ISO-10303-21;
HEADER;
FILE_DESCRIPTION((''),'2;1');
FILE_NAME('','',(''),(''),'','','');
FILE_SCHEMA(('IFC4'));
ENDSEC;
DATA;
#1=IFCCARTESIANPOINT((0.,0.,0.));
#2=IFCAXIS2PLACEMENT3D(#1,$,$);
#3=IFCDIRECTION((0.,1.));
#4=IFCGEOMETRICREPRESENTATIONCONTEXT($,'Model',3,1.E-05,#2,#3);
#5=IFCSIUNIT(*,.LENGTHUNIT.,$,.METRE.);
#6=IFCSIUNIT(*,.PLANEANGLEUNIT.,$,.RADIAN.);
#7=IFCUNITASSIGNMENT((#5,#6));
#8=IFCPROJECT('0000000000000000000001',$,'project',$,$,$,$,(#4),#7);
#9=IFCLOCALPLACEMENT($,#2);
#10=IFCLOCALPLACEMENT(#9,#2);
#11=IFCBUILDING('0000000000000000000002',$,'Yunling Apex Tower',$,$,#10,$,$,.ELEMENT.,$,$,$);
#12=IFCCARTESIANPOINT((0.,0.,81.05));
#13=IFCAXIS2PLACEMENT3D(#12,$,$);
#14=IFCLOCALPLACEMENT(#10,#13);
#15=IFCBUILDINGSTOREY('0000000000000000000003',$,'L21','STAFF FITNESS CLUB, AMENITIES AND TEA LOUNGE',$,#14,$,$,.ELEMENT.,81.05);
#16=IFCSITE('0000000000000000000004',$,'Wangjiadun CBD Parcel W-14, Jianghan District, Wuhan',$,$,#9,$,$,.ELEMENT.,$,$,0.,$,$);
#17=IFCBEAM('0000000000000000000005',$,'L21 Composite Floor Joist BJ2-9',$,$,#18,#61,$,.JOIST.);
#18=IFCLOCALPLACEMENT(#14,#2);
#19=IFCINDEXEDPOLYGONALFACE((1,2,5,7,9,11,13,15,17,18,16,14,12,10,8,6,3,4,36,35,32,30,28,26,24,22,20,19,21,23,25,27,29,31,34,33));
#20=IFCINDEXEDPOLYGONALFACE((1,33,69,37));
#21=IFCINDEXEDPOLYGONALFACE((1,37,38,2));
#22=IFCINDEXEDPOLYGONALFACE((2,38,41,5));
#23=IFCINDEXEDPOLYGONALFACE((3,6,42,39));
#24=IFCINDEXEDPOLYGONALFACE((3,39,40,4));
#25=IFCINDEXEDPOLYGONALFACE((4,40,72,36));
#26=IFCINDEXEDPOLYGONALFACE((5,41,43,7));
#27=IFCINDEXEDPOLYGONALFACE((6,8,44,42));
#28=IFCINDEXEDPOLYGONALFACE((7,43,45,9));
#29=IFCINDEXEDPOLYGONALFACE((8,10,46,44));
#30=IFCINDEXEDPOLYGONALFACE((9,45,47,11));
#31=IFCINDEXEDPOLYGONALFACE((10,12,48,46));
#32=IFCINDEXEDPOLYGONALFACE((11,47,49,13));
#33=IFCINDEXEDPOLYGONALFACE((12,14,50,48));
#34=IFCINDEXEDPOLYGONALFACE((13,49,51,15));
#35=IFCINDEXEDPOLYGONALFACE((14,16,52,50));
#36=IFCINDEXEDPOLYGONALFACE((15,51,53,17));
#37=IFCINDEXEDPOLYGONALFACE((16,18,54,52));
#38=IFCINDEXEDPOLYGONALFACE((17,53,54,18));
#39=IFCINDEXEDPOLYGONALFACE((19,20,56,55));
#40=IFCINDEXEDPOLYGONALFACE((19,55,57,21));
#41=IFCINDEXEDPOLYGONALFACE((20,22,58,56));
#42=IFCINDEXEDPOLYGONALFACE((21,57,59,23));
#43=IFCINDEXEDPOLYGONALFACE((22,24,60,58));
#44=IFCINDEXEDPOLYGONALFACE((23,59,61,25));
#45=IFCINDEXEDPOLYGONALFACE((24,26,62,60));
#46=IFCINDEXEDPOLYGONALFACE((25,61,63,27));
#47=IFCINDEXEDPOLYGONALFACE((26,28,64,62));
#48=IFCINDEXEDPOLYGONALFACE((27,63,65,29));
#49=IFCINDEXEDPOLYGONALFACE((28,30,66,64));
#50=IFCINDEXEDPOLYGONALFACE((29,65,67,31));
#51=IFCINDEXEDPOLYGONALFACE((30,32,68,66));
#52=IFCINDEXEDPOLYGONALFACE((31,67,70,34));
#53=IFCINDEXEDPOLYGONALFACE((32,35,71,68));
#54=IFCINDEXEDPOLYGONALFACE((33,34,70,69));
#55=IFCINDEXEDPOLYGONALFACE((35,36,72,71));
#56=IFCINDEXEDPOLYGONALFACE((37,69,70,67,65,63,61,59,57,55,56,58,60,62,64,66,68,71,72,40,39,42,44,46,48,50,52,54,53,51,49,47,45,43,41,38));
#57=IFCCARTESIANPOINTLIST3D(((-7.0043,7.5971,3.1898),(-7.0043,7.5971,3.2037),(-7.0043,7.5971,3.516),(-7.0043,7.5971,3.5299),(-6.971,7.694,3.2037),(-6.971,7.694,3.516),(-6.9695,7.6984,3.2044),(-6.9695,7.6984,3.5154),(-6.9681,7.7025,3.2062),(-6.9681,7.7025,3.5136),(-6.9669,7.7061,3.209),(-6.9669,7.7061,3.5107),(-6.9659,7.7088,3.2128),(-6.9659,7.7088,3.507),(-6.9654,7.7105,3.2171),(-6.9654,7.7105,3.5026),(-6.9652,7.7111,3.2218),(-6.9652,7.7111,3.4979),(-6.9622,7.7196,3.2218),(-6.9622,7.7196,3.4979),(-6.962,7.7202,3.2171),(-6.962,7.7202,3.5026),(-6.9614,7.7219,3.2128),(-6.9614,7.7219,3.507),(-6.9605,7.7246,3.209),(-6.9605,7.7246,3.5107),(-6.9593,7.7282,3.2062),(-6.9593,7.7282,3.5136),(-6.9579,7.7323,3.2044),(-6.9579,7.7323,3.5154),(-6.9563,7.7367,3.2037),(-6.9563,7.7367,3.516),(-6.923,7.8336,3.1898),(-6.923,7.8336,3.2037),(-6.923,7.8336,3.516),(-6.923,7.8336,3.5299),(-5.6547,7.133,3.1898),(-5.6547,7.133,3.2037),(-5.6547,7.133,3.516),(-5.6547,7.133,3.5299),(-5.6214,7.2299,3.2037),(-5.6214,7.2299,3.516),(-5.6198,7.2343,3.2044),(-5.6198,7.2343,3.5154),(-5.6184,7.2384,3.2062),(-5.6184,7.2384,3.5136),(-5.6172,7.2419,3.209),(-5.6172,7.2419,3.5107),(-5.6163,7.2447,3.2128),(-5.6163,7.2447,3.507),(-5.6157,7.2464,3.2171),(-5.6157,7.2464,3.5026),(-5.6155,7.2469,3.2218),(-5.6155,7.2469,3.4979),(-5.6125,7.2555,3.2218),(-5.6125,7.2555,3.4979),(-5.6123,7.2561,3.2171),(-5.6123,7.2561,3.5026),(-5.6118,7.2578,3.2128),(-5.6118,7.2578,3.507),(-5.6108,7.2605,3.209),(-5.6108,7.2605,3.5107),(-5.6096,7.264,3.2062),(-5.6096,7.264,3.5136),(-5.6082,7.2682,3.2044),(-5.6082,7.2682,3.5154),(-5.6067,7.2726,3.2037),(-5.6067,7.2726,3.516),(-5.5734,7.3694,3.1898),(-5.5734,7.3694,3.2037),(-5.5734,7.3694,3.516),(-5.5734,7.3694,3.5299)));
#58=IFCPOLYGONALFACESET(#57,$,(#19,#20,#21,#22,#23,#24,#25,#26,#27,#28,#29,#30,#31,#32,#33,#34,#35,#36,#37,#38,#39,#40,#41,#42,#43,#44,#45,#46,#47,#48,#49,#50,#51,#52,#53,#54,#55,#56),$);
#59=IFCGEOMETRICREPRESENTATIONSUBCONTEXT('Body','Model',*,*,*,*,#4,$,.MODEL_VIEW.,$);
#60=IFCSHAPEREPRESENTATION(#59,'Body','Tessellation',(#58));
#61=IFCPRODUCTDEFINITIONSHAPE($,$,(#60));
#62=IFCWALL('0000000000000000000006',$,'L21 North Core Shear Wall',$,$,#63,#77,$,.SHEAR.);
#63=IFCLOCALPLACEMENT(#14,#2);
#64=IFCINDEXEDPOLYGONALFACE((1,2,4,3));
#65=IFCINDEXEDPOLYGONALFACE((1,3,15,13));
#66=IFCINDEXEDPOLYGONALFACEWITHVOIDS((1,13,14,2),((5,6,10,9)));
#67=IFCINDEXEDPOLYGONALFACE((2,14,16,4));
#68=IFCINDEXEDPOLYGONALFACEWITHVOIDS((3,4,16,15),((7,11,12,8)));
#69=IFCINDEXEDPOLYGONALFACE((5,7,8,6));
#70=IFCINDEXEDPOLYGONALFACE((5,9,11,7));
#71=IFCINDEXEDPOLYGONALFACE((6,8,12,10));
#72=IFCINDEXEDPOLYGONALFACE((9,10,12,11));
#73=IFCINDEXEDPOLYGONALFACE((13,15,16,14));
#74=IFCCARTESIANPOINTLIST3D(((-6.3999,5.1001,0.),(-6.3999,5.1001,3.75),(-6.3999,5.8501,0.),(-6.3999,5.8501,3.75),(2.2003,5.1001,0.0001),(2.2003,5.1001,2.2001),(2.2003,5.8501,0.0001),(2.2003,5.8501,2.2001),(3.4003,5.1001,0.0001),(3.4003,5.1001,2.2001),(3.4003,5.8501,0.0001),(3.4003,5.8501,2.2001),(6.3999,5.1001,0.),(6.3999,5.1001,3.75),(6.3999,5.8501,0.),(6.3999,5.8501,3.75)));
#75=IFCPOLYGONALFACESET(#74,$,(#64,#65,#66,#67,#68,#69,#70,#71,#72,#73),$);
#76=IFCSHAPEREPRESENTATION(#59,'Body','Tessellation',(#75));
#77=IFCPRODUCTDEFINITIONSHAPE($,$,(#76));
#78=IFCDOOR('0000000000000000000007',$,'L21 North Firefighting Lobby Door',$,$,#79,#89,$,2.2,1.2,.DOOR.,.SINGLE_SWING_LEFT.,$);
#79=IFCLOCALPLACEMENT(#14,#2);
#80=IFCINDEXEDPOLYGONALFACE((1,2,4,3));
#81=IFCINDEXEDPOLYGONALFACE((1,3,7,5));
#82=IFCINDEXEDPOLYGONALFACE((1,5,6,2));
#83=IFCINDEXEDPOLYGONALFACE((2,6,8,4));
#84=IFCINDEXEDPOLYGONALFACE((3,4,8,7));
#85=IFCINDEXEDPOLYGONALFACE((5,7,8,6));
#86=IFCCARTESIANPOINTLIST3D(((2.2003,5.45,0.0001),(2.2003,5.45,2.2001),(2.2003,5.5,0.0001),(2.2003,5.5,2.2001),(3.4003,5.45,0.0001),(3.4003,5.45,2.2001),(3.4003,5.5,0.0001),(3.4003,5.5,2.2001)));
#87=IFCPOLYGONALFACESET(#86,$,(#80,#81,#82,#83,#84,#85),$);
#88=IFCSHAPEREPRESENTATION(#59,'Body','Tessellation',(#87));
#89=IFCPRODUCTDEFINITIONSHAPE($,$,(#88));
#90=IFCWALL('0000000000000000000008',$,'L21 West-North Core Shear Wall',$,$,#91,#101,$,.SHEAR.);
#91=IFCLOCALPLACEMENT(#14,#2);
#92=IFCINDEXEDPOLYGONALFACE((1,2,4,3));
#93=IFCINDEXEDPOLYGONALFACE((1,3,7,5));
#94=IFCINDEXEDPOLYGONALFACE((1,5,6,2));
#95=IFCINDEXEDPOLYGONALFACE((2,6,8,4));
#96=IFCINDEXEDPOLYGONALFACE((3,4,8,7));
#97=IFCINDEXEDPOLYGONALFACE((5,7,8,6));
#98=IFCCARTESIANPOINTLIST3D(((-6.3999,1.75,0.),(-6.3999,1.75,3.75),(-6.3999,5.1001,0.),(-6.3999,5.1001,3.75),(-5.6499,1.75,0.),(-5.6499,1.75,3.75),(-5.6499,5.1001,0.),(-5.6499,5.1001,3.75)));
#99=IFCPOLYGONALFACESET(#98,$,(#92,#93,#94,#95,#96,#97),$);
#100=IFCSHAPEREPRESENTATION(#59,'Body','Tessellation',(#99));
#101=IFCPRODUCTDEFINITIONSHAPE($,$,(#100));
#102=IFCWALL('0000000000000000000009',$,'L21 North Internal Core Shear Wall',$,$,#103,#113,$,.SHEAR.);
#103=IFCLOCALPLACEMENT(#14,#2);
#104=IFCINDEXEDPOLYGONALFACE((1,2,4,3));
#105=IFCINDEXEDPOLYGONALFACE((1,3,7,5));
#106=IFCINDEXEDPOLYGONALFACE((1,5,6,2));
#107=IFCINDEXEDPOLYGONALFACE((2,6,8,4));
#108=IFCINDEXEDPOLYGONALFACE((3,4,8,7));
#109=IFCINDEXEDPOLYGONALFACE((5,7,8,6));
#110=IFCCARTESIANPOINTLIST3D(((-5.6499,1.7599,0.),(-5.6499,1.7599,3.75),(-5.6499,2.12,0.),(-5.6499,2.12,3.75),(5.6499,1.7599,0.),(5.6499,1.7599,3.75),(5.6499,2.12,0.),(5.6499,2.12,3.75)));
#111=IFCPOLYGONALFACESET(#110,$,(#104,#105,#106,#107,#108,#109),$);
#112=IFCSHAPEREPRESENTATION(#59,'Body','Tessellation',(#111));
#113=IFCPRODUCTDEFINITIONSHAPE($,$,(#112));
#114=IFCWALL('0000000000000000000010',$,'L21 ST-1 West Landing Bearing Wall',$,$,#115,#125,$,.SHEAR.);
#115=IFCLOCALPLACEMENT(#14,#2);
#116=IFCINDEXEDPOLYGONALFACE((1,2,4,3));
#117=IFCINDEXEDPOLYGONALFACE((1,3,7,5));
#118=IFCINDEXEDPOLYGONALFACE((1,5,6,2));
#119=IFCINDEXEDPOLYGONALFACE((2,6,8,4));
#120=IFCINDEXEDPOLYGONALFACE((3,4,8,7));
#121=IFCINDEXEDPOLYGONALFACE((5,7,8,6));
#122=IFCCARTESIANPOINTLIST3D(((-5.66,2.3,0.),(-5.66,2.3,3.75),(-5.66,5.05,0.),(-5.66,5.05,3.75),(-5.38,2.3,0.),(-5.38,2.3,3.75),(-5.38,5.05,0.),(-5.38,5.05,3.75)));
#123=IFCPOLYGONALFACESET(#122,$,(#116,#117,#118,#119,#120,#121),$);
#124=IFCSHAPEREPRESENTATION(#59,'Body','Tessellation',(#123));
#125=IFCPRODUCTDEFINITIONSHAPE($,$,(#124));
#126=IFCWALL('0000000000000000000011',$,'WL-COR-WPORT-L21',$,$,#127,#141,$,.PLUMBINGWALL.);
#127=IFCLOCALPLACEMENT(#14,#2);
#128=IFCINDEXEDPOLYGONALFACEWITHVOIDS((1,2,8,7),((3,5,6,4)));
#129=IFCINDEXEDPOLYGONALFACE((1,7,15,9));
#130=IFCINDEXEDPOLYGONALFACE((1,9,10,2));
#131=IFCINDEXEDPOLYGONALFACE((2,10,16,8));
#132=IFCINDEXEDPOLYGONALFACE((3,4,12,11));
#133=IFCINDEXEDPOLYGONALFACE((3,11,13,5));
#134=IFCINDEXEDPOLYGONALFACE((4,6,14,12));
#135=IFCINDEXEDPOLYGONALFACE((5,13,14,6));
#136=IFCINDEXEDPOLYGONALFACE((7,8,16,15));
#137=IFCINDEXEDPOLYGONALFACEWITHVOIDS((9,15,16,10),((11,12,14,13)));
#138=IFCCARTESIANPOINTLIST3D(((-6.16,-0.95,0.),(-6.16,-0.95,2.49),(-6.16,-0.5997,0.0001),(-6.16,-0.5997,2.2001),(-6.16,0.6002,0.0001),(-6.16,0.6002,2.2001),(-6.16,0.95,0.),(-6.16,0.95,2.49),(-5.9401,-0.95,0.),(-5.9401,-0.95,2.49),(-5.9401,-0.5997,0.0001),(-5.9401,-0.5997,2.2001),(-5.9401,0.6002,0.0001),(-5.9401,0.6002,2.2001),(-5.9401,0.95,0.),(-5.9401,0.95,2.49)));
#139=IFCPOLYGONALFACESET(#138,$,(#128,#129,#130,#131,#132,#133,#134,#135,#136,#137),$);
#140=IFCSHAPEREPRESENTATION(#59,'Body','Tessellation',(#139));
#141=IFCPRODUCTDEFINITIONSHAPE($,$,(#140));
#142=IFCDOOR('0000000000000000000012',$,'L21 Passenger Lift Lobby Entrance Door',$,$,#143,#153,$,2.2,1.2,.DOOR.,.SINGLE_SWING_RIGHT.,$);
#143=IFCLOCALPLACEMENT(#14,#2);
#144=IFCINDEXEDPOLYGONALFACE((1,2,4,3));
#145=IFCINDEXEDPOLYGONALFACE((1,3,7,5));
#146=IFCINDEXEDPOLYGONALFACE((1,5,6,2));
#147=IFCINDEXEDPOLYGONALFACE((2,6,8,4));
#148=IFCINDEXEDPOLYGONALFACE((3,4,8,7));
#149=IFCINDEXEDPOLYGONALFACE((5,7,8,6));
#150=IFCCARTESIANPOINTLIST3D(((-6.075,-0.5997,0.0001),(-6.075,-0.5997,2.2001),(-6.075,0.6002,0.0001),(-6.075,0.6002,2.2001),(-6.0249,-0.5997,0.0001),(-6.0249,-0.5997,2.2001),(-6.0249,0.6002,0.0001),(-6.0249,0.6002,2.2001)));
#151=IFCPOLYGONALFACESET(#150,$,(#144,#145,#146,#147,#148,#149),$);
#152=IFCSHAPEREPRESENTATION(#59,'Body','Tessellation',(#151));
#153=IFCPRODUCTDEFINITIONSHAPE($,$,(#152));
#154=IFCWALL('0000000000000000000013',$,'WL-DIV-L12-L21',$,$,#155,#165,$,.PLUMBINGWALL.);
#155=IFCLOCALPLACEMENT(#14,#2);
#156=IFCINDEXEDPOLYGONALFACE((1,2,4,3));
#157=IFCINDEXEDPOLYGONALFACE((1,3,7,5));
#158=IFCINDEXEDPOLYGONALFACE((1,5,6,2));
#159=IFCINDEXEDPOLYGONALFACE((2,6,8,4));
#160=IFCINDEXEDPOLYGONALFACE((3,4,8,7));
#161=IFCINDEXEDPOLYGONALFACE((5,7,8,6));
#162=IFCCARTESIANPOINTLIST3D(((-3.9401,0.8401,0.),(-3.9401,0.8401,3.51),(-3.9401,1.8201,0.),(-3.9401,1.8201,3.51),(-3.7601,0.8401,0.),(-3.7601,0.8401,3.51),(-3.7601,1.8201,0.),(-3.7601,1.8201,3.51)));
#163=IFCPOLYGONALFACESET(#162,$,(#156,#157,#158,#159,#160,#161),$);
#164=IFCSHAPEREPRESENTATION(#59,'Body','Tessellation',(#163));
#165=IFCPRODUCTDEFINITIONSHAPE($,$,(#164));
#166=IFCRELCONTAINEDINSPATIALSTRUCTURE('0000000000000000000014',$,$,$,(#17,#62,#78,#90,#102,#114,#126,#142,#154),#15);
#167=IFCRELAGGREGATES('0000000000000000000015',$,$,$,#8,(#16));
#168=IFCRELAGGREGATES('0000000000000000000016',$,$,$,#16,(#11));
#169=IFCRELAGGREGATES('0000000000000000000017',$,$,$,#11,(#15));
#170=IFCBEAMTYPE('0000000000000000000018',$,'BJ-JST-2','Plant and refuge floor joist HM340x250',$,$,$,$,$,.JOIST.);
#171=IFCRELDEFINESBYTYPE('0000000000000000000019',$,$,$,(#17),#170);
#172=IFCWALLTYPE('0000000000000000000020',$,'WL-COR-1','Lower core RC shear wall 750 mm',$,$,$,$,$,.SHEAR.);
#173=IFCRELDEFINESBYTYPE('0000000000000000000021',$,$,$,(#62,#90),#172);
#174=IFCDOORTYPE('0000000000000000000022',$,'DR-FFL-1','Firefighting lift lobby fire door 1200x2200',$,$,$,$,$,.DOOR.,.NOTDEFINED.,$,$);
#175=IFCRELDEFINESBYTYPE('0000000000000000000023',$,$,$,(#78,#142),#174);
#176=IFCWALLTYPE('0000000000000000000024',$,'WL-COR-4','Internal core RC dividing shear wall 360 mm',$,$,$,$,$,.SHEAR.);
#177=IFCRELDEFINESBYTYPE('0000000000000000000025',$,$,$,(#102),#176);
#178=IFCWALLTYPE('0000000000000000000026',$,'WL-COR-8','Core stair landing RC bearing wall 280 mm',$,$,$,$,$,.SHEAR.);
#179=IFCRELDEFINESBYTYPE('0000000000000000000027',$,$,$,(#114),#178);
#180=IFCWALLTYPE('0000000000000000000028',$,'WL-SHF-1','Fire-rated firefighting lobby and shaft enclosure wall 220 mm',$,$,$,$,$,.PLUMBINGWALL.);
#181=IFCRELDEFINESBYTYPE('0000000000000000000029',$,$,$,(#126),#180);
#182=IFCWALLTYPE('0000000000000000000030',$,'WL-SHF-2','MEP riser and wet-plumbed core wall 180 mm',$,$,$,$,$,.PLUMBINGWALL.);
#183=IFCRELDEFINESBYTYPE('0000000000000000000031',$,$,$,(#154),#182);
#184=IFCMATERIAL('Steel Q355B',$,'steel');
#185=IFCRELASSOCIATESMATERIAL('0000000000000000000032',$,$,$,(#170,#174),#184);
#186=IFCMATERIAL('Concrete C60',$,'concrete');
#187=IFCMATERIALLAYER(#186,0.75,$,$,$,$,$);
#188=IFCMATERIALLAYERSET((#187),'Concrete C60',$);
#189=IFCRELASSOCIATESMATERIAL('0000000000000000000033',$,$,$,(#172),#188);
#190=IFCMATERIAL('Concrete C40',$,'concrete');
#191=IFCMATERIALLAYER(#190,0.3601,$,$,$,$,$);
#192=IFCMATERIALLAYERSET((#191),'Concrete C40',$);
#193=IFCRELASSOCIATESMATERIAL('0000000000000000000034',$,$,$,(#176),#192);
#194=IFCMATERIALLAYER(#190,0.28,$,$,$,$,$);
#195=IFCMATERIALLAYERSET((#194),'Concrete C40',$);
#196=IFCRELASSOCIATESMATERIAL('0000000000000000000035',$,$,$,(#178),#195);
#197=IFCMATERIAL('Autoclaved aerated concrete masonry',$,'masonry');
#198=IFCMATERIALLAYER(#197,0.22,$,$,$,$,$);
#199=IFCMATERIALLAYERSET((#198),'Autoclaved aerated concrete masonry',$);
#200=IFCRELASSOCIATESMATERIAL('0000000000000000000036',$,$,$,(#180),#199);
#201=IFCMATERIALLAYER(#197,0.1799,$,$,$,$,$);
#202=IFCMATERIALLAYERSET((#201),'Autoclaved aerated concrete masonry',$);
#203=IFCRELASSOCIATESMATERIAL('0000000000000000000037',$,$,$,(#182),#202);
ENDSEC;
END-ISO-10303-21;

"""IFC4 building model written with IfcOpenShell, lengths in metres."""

from ifc_helpers import new_model, si_unit, direction, frame, frame_2d, origin, origin_2d, place, context, subcontext, project, spatial, rectangle, i_section, extrude, source, transform, mapped, material, layer, layer_set, material_profile, profile_set, type_object, element, fill, save


model = new_model("IFC4")

# Units and contexts
model_context = context("Model", 3, precision=1e-05, world=origin(), true_north=direction((0.0, 1.0)))
body_context = subcontext(model_context, "Body", "Model", "MODEL_VIEW")
ifc_project = project(units=[si_unit("LENGTHUNIT", "METRE"), si_unit("PLANEANGLEUNIT", "RADIAN")], contexts=[model_context])

# Site, building, storey
site_placement = place(None, origin())
site = spatial("IfcSite", under=ifc_project, at=site_placement, Name="Wangjiadun CBD Parcel W-14, Jianghan District, Wuhan", CompositionType="ELEMENT", RefElevation=0.0)
building_placement = place(site_placement, origin())
building = spatial("IfcBuilding", under=site, at=building_placement, Name="Yunling Apex Tower", CompositionType="ELEMENT")
storey_placement = place(building_placement, frame((0.0, 0.0, 81.05)))
storey = spatial("IfcBuildingStorey", under=building, at=storey_placement, Name="L21", Description="STAFF FITNESS CLUB, AMENITIES AND TEA LOUNGE", CompositionType="ELEMENT", Elevation=81.05)

# Shared definitions
ifc_material_1 = material(Name="Concrete C60", Category="concrete")

# Beam
ifc_material_2 = material(Name="Steel Q355B", Category="steel")
ifc_material_profile_1 = material_profile(ifc_material_2, i_section(OverallWidth=0.25, OverallDepth=0.3401, WebThickness=0.009, FlangeThickness=0.0139, FilletRadius=0.0181, at=origin_2d()))
ifc_profile_set_1 = profile_set([ifc_material_profile_1], Name="Steel Q355B")
beam_type_1 = type_object("IfcBeamType", Name="BJ-JST-2", Description="Plant and refuge floor joist HM340x250", PredefinedType="JOIST", material=ifc_profile_set_1)
shared_shape_1 = source(origin(), body_context, "Body", "SweptSolid", [
    extrude(i_section(OverallWidth=0.25, OverallDepth=0.3401, WebThickness=0.009, FlangeThickness=0.0139, FilletRadius=0.0181, at=origin_2d()), origin(), (0.0, 0.0, 1.0), 1.4272),
])
beam_1_placement = place(storey_placement, frame((-5.614, 7.2512, 3.3599), z_axis=(-0.945647, 0.325195, 0.0), x_axis=(-0.325195, -0.945647, 0.0)))
element("IfcBeam", 1, at=beam_1_placement, inside=storey, type_object=beam_type_1, Name="L21 Composite Floor Joist BJ2-9", PredefinedType="JOIST", context=body_context, shape_type="MappedRepresentation", body=[
    mapped(shared_shape_1, transform((0.0, 0.0, 0.0), scale=1.0)),
])

# Wall, opening, door
ifc_layer_1 = layer(ifc_material_1, 0.75)
ifc_layer_set_1 = layer_set([ifc_layer_1], Name="Concrete C60")
wall_type_1 = type_object("IfcWallType", Name="WL-COR-1", Description="Lower core RC shear wall 750 mm", PredefinedType="SHEAR", material=ifc_layer_set_1)
wall_1_placement = place(storey_placement, frame((-6.3999, 5.4751, 0.0), z_axis=(0.0, 0.0, 1.0), x_axis=(1.0, 0.0, 0.0)))
wall_1 = element("IfcWall", 2, at=wall_1_placement, inside=storey, type_object=wall_type_1, Name="L21 North Core Shear Wall", PredefinedType="SHEAR", context=body_context, shape_type="SweptSolid", body=[
    extrude(rectangle(XDim=12.7998, YDim=0.75, at=frame_2d((6.3999, 0.0))), origin(), (0.0, 0.0, 1.0), 3.75),
])
opening_1_placement = place(wall_1_placement, frame((8.6001, 0.0, 0.0)))
opening_1 = element("IfcOpeningElement", 3, at=opening_1_placement, cuts=wall_1, PredefinedType="OPENING", context=body_context, shape_type="SweptSolid", body=[
    extrude(rectangle(XDim=1.2, YDim=2.2, at=frame_2d((0.6001, 1.1001))), frame((0.0, 0.385, 0.0), z_axis=(0.0, -1.0, 0.0), x_axis=(1.0, 0.0, 0.0)), (0.0, 0.0, 1.0), 0.77),
])
door_type_1 = type_object("IfcDoorType", Name="DR-FFL-1", Description="Firefighting lift lobby fire door 1200x2200", OperationType="NOTDEFINED", PredefinedType="DOOR", material=ifc_material_2)
door_1_placement = place(opening_1_placement, origin())
door_1 = element("IfcDoor", 4, at=door_1_placement, inside=storey, type_object=door_type_1, Name="L21 North Firefighting Lobby Door", OperationType="SINGLE_SWING_LEFT", OverallHeight=2.2, OverallWidth=1.2, PredefinedType="DOOR", context=body_context, shape_type="SweptSolid", body=[
    extrude(rectangle(XDim=1.2, YDim=2.2, at=frame_2d((0.6001, 1.1001))), frame((0.0, 0.0249, 0.0), z_axis=(0.0, -1.0, 0.0), x_axis=(1.0, 0.0, 0.0)), (0.0, 0.0, 1.0), 0.05),
])
fill(opening_1, door_1)

# Walls
wall_2_placement = place(storey_placement, frame((-6.0249, 1.75, 0.0), z_axis=(0.0, 0.0, 1.0), x_axis=(0.0, 1.0, 0.0)))
element("IfcWall", 5, at=wall_2_placement, inside=storey, type_object=wall_type_1, Name="L21 West-North Core Shear Wall", PredefinedType="SHEAR", context=body_context, shape_type="SweptSolid", body=[
    extrude(rectangle(XDim=3.3501, YDim=0.75, at=frame_2d((1.675, 0.0))), origin(), (0.0, 0.0, 1.0), 3.75),
])
ifc_material_3 = material(Name="Concrete C40", Category="concrete")
ifc_layer_2 = layer(ifc_material_3, 0.3601)
ifc_layer_set_2 = layer_set([ifc_layer_2], Name="Concrete C40")
wall_type_2 = type_object("IfcWallType", Name="WL-COR-4", Description="Internal core RC dividing shear wall 360 mm", PredefinedType="SHEAR", material=ifc_layer_set_2)
wall_3_placement = place(storey_placement, frame((-5.6499, 1.9399, 0.0), z_axis=(0.0, 0.0, 1.0), x_axis=(1.0, 0.0, 0.0)))
element("IfcWall", 6, at=wall_3_placement, inside=storey, type_object=wall_type_2, Name="L21 North Internal Core Shear Wall", PredefinedType="SHEAR", context=body_context, shape_type="SweptSolid", body=[
    extrude(rectangle(XDim=11.2998, YDim=0.3601, at=frame_2d((5.6499, 0.0))), origin(), (0.0, 0.0, 1.0), 3.75),
])
ifc_layer_3 = layer(ifc_material_3, 0.28)
ifc_layer_set_3 = layer_set([ifc_layer_3], Name="Concrete C40")
wall_type_3 = type_object("IfcWallType", Name="WL-COR-8", Description="Core stair landing RC bearing wall 280 mm", PredefinedType="SHEAR", material=ifc_layer_set_3)
wall_4_placement = place(storey_placement, frame((-5.52, 2.3, 0.0), z_axis=(0.0, 0.0, 1.0), x_axis=(0.0, 1.0, 0.0)))
element("IfcWall", 7, at=wall_4_placement, inside=storey, type_object=wall_type_3, Name="L21 ST-1 West Landing Bearing Wall", PredefinedType="SHEAR", context=body_context, shape_type="SweptSolid", body=[
    extrude(rectangle(XDim=2.75, YDim=0.28, at=frame_2d((1.375, 0.0))), origin(), (0.0, 0.0, 1.0), 3.75),
])

# Wall, opening, door
ifc_material_4 = material(Name="Autoclaved aerated concrete masonry", Category="masonry")
ifc_layer_4 = layer(ifc_material_4, 0.22)
ifc_layer_set_4 = layer_set([ifc_layer_4], Name="Autoclaved aerated concrete masonry")
wall_type_4 = type_object("IfcWallType", Name="WL-SHF-1", Description="Fire-rated firefighting lobby and shaft enclosure wall 220 mm", PredefinedType="PLUMBINGWALL", material=ifc_layer_set_4)
wall_5_placement = place(storey_placement, frame((-6.05, -0.95, 0.0), z_axis=(0.0, 0.0, 1.0), x_axis=(0.0, 1.0, 0.0)))
wall_5 = element("IfcWall", 8, at=wall_5_placement, inside=storey, type_object=wall_type_4, Name="WL-COR-WPORT-L21", PredefinedType="PLUMBINGWALL", context=body_context, shape_type="SweptSolid", body=[
    extrude(rectangle(XDim=1.8999, YDim=0.22, at=frame_2d((0.95, 0.0))), origin(), (0.0, 0.0, 1.0), 2.49),
])
opening_2_placement = place(wall_5_placement, frame((0.3501, 0.0, 0.0)))
opening_2 = element("IfcOpeningElement", 9, at=opening_2_placement, cuts=wall_5, PredefinedType="OPENING", context=body_context, shape_type="SweptSolid", body=[
    extrude(rectangle(XDim=1.2, YDim=2.2, at=frame_2d((0.6001, 1.1001))), frame((0.0, 0.1201, 0.0), z_axis=(0.0, -1.0, 0.0), x_axis=(1.0, 0.0, 0.0)), (0.0, 0.0, 1.0), 0.24),
])
door_2_placement = place(opening_2_placement, origin())
door_2 = element("IfcDoor", 10, at=door_2_placement, inside=storey, type_object=door_type_1, Name="L21 Passenger Lift Lobby Entrance Door", OperationType="SINGLE_SWING_RIGHT", OverallHeight=2.2, OverallWidth=1.2, PredefinedType="DOOR", context=body_context, shape_type="SweptSolid", body=[
    extrude(rectangle(XDim=1.2, YDim=2.2, at=frame_2d((0.6001, 1.1001))), frame((0.0, 0.0249, 0.0), z_axis=(0.0, -1.0, 0.0), x_axis=(1.0, 0.0, 0.0)), (0.0, 0.0, 1.0), 0.05),
])
fill(opening_2, door_2)

# Wall
ifc_layer_5 = layer(ifc_material_4, 0.1799)
ifc_layer_set_5 = layer_set([ifc_layer_5], Name="Autoclaved aerated concrete masonry")
wall_type_5 = type_object("IfcWallType", Name="WL-SHF-2", Description="MEP riser and wet-plumbed core wall 180 mm", PredefinedType="PLUMBINGWALL", material=ifc_layer_set_5)
wall_6_placement = place(storey_placement, frame((-3.8501, 0.8401, 0.0), z_axis=(0.0, 0.0, 1.0), x_axis=(0.0, 1.0, 0.0)))
element("IfcWall", 11, at=wall_6_placement, inside=storey, type_object=wall_type_5, Name="WL-DIV-L12-L21", PredefinedType="PLUMBINGWALL", context=body_context, shape_type="SweptSolid", body=[
    extrude(rectangle(XDim=0.98, YDim=0.1799, at=frame_2d((0.49, 0.0))), origin(), (0.0, 0.0, 1.0), 3.51),
])

save(model, "model.ifc")
